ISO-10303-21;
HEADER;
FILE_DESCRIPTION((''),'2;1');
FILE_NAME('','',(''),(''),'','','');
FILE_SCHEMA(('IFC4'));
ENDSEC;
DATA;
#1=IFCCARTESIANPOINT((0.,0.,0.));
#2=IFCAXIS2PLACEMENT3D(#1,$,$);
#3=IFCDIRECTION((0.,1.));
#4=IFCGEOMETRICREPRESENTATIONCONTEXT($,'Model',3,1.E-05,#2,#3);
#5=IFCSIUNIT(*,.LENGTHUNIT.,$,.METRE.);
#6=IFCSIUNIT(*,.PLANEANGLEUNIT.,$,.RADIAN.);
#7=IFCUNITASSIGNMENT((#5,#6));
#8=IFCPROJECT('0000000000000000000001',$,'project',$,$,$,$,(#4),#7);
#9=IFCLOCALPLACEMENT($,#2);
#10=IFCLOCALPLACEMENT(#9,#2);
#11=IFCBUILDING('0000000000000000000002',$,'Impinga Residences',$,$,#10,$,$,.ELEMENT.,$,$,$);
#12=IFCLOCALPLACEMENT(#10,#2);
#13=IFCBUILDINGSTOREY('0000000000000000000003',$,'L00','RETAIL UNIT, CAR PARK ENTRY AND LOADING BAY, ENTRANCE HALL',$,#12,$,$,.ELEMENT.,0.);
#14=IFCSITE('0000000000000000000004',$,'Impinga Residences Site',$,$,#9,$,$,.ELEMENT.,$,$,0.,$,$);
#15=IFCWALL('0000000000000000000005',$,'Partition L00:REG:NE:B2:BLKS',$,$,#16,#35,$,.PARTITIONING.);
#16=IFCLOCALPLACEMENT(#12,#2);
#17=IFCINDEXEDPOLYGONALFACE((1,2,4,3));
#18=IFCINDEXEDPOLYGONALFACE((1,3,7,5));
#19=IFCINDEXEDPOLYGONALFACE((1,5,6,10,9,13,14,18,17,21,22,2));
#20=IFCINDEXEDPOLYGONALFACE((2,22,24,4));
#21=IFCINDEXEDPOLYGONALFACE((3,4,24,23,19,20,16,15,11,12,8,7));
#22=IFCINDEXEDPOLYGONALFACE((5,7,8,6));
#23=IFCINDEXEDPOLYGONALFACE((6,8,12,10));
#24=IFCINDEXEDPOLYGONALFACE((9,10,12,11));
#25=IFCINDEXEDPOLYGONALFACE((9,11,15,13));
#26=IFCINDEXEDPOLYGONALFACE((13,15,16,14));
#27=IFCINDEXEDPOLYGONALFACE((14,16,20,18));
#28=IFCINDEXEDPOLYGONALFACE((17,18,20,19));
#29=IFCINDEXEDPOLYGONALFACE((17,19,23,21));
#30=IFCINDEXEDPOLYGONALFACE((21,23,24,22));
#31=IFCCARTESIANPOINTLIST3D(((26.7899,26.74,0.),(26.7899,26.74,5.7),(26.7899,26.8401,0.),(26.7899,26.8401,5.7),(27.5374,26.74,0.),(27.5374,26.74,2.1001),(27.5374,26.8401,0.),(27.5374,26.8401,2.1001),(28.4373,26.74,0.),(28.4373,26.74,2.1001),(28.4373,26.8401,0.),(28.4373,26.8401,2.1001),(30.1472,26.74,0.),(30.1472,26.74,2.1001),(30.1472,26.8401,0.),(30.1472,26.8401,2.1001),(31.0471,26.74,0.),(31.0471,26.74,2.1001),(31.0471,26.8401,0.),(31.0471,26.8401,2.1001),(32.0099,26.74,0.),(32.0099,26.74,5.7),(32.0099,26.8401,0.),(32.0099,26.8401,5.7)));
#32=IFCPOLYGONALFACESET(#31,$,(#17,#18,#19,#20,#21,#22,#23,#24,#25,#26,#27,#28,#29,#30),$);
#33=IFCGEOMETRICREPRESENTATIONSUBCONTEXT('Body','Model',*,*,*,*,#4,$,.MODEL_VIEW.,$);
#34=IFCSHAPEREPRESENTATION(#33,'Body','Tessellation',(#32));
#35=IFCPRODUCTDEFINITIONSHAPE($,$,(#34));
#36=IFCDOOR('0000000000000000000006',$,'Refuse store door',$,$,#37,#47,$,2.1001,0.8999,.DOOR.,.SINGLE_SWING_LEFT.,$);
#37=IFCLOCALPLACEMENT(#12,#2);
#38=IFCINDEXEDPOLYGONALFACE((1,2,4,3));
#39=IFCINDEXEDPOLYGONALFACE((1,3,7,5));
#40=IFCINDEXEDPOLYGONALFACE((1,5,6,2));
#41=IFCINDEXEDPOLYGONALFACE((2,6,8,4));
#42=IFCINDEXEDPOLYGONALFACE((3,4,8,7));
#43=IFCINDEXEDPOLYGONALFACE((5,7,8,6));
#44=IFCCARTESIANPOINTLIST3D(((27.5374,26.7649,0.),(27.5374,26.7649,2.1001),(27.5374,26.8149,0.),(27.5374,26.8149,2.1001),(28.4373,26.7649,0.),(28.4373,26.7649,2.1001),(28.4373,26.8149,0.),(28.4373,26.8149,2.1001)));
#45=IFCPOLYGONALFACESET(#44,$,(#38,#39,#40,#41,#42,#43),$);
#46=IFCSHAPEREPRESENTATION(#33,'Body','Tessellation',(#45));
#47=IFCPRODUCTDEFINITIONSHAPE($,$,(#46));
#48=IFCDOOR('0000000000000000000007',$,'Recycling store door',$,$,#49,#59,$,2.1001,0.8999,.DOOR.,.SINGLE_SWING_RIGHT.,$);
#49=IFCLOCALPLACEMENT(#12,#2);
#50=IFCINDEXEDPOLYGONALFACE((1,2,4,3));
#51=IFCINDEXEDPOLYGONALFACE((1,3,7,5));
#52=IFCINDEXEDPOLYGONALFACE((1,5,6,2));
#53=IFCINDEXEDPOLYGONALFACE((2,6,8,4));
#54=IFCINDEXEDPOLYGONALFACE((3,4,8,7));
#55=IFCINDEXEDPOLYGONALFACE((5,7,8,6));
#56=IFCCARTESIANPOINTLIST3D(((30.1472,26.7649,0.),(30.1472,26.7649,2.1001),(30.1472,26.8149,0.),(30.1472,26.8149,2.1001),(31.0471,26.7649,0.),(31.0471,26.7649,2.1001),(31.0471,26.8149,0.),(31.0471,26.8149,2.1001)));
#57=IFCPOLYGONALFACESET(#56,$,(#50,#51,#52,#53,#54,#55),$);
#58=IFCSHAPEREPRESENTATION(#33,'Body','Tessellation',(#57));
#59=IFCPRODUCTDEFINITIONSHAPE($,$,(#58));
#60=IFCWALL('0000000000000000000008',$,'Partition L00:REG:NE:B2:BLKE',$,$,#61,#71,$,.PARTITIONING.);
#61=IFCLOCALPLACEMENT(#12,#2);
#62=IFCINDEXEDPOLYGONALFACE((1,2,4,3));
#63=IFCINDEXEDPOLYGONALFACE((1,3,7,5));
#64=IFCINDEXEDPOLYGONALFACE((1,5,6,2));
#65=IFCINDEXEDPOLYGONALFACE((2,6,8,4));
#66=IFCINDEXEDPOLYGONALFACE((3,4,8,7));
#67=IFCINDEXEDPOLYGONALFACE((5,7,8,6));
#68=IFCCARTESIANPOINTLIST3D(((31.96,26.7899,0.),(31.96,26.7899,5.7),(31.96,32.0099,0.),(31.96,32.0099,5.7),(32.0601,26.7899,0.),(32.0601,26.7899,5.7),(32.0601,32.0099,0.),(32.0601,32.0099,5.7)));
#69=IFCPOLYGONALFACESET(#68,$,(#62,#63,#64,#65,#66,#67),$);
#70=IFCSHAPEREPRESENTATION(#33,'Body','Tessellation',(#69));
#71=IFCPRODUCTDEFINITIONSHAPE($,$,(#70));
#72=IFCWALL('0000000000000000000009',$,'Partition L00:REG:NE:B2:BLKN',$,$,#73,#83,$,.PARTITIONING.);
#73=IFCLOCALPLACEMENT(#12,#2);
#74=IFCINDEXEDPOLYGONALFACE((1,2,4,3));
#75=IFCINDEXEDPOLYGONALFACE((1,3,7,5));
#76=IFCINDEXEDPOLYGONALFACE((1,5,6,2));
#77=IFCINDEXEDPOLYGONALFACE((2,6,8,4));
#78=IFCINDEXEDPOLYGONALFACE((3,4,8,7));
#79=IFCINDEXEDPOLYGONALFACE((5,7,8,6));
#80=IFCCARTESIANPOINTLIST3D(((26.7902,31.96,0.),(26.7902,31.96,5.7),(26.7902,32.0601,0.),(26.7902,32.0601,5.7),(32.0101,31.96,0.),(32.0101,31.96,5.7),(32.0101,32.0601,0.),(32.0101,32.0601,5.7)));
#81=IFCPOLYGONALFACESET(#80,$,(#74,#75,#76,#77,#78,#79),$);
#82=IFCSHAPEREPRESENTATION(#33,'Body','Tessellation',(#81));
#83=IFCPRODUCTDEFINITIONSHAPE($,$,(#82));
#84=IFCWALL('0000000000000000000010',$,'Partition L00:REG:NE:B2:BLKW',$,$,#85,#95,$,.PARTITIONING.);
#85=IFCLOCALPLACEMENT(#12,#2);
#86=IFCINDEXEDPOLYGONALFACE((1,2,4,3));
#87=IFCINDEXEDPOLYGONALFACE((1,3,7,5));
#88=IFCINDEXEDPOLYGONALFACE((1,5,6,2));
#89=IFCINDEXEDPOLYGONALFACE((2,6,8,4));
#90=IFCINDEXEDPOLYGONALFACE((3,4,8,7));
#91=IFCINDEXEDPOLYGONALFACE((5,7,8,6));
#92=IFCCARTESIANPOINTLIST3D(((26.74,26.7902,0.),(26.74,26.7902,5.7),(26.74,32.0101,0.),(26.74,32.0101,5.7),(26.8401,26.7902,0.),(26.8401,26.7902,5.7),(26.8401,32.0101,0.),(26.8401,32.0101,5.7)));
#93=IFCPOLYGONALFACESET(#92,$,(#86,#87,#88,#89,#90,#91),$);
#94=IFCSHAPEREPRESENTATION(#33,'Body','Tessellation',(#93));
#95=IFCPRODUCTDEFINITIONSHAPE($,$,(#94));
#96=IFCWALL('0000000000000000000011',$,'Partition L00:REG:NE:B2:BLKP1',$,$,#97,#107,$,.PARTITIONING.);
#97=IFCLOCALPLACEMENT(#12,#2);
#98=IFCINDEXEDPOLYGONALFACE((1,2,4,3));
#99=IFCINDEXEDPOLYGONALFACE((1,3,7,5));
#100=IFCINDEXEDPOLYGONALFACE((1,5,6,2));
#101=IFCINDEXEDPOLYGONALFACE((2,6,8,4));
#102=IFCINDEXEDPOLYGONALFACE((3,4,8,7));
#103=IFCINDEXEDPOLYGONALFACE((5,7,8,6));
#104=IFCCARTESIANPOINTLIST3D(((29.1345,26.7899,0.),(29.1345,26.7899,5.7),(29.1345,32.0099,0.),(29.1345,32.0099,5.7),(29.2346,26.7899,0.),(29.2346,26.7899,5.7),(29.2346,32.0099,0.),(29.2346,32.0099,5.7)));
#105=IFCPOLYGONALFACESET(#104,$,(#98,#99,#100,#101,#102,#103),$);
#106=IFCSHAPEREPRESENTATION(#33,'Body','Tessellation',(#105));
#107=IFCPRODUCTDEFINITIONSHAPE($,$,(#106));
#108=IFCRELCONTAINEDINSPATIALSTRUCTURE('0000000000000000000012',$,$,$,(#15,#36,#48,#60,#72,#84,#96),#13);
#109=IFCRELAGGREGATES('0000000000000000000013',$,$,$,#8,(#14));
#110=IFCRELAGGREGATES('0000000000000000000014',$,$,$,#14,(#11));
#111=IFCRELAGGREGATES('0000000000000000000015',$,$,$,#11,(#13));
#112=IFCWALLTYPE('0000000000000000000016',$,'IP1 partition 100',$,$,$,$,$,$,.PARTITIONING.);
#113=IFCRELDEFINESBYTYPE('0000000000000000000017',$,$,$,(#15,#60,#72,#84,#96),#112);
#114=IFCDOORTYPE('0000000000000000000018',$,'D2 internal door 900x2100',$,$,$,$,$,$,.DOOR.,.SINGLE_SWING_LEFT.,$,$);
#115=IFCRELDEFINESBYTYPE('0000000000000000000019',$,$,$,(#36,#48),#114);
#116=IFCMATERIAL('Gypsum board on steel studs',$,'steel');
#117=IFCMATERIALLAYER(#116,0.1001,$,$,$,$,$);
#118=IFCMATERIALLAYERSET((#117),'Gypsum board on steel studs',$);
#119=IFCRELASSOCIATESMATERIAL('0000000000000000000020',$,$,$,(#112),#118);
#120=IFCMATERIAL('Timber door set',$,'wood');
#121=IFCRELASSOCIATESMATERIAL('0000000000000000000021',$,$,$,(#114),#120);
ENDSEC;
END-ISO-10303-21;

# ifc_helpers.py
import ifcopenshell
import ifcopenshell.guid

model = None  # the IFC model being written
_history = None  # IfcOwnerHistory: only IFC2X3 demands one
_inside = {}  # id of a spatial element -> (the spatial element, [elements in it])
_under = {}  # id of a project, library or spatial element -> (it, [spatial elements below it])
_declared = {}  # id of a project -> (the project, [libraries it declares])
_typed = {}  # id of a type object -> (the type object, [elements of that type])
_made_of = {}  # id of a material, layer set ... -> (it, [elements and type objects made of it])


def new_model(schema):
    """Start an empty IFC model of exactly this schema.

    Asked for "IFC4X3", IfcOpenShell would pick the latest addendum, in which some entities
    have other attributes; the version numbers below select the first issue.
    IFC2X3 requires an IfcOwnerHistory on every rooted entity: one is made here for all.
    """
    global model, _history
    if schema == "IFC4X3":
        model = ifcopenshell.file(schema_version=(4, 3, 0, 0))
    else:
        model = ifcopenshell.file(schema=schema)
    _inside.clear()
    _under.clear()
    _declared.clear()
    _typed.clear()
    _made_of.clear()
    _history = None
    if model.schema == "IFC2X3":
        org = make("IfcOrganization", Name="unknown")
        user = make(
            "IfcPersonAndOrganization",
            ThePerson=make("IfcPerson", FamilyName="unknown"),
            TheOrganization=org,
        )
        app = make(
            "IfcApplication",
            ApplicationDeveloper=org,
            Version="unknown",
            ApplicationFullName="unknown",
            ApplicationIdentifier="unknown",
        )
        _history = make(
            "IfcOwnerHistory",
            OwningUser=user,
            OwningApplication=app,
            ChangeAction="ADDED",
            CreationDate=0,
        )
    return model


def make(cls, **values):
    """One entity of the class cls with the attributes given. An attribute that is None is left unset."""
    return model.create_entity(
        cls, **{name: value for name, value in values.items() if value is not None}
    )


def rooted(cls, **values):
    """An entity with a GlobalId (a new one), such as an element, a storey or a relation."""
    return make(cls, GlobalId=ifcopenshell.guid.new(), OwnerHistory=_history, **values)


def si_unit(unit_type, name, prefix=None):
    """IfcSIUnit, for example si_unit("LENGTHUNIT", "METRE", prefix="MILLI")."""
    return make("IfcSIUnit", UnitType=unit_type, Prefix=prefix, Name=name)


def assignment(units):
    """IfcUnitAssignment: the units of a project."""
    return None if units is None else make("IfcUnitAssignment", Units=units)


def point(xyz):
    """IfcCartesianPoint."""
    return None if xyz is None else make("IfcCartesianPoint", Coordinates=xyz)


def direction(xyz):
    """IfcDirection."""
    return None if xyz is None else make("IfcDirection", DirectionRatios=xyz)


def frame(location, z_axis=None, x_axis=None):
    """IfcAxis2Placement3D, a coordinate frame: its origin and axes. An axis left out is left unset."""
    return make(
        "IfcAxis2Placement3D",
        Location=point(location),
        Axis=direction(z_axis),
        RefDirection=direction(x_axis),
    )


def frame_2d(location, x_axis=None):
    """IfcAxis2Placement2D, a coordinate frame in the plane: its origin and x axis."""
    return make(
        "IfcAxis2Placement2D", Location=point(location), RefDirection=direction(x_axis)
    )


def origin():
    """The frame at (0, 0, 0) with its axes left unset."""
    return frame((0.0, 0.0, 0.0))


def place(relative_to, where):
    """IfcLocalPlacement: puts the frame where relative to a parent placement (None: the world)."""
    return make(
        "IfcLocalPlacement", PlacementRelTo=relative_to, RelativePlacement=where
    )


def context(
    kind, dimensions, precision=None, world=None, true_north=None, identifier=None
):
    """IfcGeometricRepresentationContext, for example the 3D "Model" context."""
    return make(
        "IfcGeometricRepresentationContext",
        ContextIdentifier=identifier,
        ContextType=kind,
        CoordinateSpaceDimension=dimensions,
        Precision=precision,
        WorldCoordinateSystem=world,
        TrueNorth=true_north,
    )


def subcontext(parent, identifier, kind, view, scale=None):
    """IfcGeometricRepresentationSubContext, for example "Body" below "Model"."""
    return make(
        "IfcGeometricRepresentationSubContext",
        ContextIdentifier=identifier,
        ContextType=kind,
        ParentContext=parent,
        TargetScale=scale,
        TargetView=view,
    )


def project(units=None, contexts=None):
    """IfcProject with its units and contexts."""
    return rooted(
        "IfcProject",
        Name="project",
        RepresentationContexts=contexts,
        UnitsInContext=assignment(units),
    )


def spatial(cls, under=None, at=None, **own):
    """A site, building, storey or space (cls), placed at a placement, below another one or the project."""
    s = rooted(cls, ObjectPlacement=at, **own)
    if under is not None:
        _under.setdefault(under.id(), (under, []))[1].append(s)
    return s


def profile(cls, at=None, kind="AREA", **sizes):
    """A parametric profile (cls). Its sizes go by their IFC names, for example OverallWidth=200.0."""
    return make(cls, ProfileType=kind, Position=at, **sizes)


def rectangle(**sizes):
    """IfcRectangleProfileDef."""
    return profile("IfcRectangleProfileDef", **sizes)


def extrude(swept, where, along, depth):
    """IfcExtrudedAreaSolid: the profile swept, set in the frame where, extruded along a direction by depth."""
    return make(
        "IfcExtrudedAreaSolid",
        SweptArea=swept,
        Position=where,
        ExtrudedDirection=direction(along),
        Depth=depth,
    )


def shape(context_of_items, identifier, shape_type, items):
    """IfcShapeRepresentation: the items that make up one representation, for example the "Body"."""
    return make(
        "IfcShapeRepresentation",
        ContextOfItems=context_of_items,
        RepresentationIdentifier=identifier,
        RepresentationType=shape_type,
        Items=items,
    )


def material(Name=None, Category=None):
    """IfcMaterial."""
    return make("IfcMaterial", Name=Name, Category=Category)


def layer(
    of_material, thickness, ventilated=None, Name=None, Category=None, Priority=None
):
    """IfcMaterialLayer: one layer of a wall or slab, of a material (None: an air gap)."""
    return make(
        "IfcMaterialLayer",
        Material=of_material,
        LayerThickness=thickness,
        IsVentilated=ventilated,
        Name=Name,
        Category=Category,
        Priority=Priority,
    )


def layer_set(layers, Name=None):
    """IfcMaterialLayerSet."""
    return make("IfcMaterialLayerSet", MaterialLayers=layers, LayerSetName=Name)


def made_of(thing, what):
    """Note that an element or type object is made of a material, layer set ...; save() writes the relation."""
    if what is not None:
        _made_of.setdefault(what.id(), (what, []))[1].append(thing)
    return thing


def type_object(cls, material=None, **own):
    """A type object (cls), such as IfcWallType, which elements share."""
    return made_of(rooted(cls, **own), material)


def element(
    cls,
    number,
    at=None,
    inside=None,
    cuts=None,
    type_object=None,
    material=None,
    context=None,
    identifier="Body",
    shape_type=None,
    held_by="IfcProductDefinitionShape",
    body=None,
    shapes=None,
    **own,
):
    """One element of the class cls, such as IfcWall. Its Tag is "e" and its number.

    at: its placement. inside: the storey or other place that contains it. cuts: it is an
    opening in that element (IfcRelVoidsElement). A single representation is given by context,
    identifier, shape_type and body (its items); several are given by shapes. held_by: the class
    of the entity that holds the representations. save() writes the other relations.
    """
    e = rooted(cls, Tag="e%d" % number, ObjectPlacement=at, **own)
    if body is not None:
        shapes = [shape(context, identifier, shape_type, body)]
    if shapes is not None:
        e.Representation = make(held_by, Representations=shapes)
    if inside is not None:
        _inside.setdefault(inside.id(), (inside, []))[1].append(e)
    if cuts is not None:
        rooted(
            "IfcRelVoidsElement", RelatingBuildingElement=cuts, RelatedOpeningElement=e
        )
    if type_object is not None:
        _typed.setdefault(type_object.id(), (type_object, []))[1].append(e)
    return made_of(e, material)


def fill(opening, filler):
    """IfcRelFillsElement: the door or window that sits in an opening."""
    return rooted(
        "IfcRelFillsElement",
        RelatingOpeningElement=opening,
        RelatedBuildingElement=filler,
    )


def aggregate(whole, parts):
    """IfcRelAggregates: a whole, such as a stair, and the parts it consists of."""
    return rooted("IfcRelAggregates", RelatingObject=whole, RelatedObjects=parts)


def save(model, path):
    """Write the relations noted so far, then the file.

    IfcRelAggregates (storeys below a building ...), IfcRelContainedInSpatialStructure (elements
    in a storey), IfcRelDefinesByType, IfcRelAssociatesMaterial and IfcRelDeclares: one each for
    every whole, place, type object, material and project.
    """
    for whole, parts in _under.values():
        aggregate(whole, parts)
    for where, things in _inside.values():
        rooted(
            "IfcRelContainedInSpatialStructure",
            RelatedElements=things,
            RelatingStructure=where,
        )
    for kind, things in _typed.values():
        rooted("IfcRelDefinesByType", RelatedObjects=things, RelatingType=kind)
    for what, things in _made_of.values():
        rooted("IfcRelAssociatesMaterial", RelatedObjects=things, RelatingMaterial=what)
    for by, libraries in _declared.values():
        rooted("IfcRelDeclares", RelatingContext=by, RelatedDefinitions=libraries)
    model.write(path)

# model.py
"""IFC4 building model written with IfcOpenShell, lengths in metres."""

from ifc_helpers import new_model, si_unit, direction, frame, frame_2d, origin, place, context, subcontext, project, spatial, rectangle, extrude, material, layer, layer_set, type_object, element, fill, save


model = new_model("IFC4")

# Units and contexts
model_context = context("Model", 3, precision=1e-05, world=origin(), true_north=direction((0.0, 1.0)))
body_context = subcontext(model_context, "Body", "Model", "MODEL_VIEW")
ifc_project = project(units=[si_unit("LENGTHUNIT", "METRE"), si_unit("PLANEANGLEUNIT", "RADIAN")], contexts=[model_context])

# Site, building, storey
site_placement = place(None, origin())
site = spatial("IfcSite", under=ifc_project, at=site_placement, Name="Impinga Residences Site", CompositionType="ELEMENT", RefElevation=0.0)
building_placement = place(site_placement, origin())
building = spatial("IfcBuilding", under=site, at=building_placement, Name="Impinga Residences", CompositionType="ELEMENT")
storey_placement = place(building_placement, origin())
storey = spatial("IfcBuildingStorey", under=building, at=storey_placement, Name="L00", Description="RETAIL UNIT, CAR PARK ENTRY AND LOADING BAY, ENTRANCE HALL", CompositionType="ELEMENT", Elevation=0.0)

# Wall, openings, doors
ifc_material_1 = material(Name="Gypsum board on steel studs", Category="steel")
ifc_layer = layer(ifc_material_1, 0.1001)
ifc_layer_set = layer_set([ifc_layer], Name="Gypsum board on steel studs")
wall_type = type_object("IfcWallType", Name="IP1 partition 100", PredefinedType="PARTITIONING", material=ifc_layer_set)
wall_placement = place(storey_placement, frame((26.79, 26.79, 0.0), z_axis=(0.0, 0.0, 1.0), x_axis=(1.0, 0.0, 0.0)))
wall = element("IfcWall", 1, at=wall_placement, inside=storey, type_object=wall_type, Name="Partition L00:REG:NE:B2:BLKS", PredefinedType="PARTITIONING", context=body_context, shape_type="SweptSolid", body=[
    extrude(rectangle(XDim=5.22, YDim=0.1001, at=frame_2d((2.6099, 0.0))), origin(), (0.0, 0.0, 1.0), 5.7),
])
opening_1_placement = place(wall_placement, frame((0.7473, 0.0, 0.0)))
opening_1 = element("IfcOpeningElement", 2, at=opening_1_placement, cuts=wall, PredefinedType="OPENING", context=body_context, shape_type="SweptSolid", body=[
    extrude(rectangle(XDim=0.8999, YDim=2.1001, at=frame_2d((0.45, 1.05))), frame((0.0, 0.0601, 0.0), z_axis=(0.0, -1.0, 0.0), x_axis=(1.0, 0.0, 0.0)), (0.0, 0.0, 1.0), 0.1201),
])
opening_2_placement = place(wall_placement, frame((3.3572, 0.0, 0.0)))
opening_2 = element("IfcOpeningElement", 3, at=opening_2_placement, cuts=wall, PredefinedType="OPENING", context=body_context, shape_type="SweptSolid", body=[
    extrude(rectangle(XDim=0.8999, YDim=2.1001, at=frame_2d((0.45, 1.05))), frame((0.0, 0.0601, 0.0), z_axis=(0.0, -1.0, 0.0), x_axis=(1.0, 0.0, 0.0)), (0.0, 0.0, 1.0), 0.1201),
])
ifc_material_2 = material(Name="Timber door set", Category="wood")
door_type = type_object("IfcDoorType", Name="D2 internal door 900x2100", OperationType="SINGLE_SWING_LEFT", PredefinedType="DOOR", material=ifc_material_2)
door_1_placement = place(opening_1_placement, origin())
door_1 = element("IfcDoor", 4, at=door_1_placement, inside=storey, type_object=door_type, Name="Refuse store door", OperationType="SINGLE_SWING_LEFT", OverallHeight=2.1001, OverallWidth=0.8999, PredefinedType="DOOR", context=body_context, shape_type="SweptSolid", body=[
    extrude(rectangle(XDim=0.8999, YDim=2.1001, at=frame_2d((0.45, 1.05))), frame((0.0, 0.0249, 0.0), z_axis=(0.0, -1.0, 0.0), x_axis=(1.0, 0.0, 0.0)), (0.0, 0.0, 1.0), 0.05),
])
fill(opening_1, door_1)
door_2_placement = place(opening_2_placement, origin())
door_2 = element("IfcDoor", 5, at=door_2_placement, inside=storey, type_object=door_type, Name="Recycling store door", OperationType="SINGLE_SWING_RIGHT", OverallHeight=2.1001, OverallWidth=0.8999, PredefinedType="DOOR", context=body_context, shape_type="SweptSolid", body=[
    extrude(rectangle(XDim=0.8999, YDim=2.1001, at=frame_2d((0.45, 1.05))), frame((0.0, 0.0249, 0.0), z_axis=(0.0, -1.0, 0.0), x_axis=(1.0, 0.0, 0.0)), (0.0, 0.0, 1.0), 0.05),
])
fill(opening_2, door_2)

# Walls
for number, where, z_axis, x_axis, name in (
    (6, (32.01, 26.79, 0.0), (0.0, 0.0, 1.0), (0.0, 1.0, 0.0), "Partition L00:REG:NE:B2:BLKE"),
    (7, (32.01, 32.01, 0.0), (0.0, 0.0, 1.0), (-1.0, 0.0, 0.0), "Partition L00:REG:NE:B2:BLKN"),
    (8, (26.79, 32.01, 0.0), (0.0, 0.0, 1.0), (0.0, -1.0, 0.0), "Partition L00:REG:NE:B2:BLKW"),
    (9, (29.1846, 26.79, 0.0), (0.0, 0.0, 1.0), (0.0, 1.0, 0.0), "Partition L00:REG:NE:B2:BLKP1"),
):
    element("IfcWall", number, at=place(storey_placement, frame(where, z_axis=z_axis, x_axis=x_axis)), inside=storey, type_object=wall_type, Name=name, PredefinedType="PARTITIONING", context=body_context, shape_type="SweptSolid", body=[
        extrude(rectangle(XDim=5.22, YDim=0.1001, at=frame_2d((2.6099, 0.0))), origin(), (0.0, 0.0, 1.0), 5.7),
    ])

save(model, "model.ifc")
